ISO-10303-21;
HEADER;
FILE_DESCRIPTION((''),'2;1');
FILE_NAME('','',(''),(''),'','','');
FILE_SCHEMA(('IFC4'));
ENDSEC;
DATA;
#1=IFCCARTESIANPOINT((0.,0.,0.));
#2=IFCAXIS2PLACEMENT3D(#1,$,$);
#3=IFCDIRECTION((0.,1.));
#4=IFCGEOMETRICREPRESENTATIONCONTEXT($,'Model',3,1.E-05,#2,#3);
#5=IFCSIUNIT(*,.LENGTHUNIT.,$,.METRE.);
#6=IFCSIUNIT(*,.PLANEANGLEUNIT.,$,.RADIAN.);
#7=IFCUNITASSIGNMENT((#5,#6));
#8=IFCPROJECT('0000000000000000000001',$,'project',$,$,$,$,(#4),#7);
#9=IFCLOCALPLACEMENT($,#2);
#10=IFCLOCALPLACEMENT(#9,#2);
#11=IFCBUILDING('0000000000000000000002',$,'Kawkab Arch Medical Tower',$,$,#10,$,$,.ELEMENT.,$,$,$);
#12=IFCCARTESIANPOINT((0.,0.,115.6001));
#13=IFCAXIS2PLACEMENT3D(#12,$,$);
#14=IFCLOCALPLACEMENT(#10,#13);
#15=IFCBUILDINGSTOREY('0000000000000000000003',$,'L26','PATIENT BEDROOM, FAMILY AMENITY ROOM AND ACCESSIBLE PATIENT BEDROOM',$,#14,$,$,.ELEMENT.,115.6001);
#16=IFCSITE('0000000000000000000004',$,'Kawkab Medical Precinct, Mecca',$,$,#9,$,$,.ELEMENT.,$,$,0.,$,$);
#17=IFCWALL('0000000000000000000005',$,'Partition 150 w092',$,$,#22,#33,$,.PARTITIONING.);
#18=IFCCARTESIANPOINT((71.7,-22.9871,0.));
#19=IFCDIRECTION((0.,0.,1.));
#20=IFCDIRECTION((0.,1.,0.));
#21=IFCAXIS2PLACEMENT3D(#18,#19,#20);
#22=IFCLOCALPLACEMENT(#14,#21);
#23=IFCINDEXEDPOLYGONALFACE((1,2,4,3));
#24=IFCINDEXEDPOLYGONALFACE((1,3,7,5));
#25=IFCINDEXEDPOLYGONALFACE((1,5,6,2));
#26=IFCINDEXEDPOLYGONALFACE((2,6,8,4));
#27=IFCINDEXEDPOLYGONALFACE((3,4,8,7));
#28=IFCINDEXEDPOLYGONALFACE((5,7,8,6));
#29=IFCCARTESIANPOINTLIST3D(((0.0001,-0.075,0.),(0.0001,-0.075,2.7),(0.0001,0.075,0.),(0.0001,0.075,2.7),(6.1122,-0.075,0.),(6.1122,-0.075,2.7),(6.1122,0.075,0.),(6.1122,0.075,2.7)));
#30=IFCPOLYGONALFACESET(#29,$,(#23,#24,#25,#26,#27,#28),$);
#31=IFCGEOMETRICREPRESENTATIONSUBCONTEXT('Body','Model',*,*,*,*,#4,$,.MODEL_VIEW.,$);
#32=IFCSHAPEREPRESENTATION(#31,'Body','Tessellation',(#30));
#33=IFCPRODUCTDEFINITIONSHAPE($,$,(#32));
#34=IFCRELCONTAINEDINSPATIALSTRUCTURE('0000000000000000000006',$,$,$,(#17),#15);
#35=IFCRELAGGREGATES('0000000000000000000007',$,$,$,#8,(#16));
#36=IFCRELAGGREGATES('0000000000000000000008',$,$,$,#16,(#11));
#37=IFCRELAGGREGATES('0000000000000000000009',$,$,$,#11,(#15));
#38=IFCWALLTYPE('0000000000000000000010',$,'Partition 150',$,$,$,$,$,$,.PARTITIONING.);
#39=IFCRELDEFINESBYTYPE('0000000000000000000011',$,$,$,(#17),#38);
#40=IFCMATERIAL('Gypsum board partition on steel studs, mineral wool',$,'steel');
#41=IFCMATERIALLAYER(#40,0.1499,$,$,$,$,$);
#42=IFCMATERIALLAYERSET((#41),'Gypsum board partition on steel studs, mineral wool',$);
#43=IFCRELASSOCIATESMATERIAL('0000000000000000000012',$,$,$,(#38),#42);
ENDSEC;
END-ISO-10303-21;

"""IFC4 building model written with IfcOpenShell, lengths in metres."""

from ifc_helpers import new_model, si_unit, direction, frame, frame_2d, origin, place, context, subcontext, project, spatial, rectangle, extrude, material, layer, layer_set, type_object, element, save


model = new_model("IFC4")

# Units and contexts
model_context = context("Model", 3, precision=1e-05, world=origin(), true_north=direction((0.0, 1.0)))
body_context = subcontext(model_context, "Body", "Model", "MODEL_VIEW")
ifc_project = project(units=[si_unit("LENGTHUNIT", "METRE"), si_unit("PLANEANGLEUNIT", "RADIAN")], contexts=[model_context])

# Site, building, storey
site_placement = place(None, origin())
site = spatial("IfcSite", under=ifc_project, at=site_placement, Name="Kawkab Medical Precinct, Mecca", CompositionType="ELEMENT", RefElevation=0.0)
building_placement = place(site_placement, origin())
building = spatial("IfcBuilding", under=site, at=building_placement, Name="Kawkab Arch Medical Tower", CompositionType="ELEMENT")
storey_placement = place(building_placement, frame((0.0, 0.0, 115.6001)))
storey = spatial("IfcBuildingStorey", under=building, at=storey_placement, Name="L26", Description="PATIENT BEDROOM, FAMILY AMENITY ROOM AND ACCESSIBLE PATIENT BEDROOM", CompositionType="ELEMENT", Elevation=115.6001)

# Wall
ifc_material_1 = material(Name="Gypsum board partition on steel studs, mineral wool", Category="steel")
ifc_layer_1 = layer(ifc_material_1, 0.1499)
ifc_layer_set_1 = layer_set([ifc_layer_1], Name="Gypsum board partition on steel studs, mineral wool")
wall_type_1 = type_object("IfcWallType", Name="Partition 150", PredefinedType="PARTITIONING", material=ifc_layer_set_1)
wall_1_placement = place(storey_placement, frame((71.7, -22.9871, 0.0), z_axis=(0.0, 0.0, 1.0), x_axis=(0.0, 1.0, 0.0)))
element("IfcWall", 1, at=wall_1_placement, inside=storey, type_object=wall_type_1, Name="Partition 150 w092", PredefinedType="PARTITIONING", context=body_context, shape_type="SweptSolid", body=[
    extrude(rectangle(XDim=6.1121, YDim=0.1499, at=frame_2d((3.0562, 0.0))), origin(), (0.0, 0.0, 1.0), 2.7),
])

save(model, "model.ifc")
